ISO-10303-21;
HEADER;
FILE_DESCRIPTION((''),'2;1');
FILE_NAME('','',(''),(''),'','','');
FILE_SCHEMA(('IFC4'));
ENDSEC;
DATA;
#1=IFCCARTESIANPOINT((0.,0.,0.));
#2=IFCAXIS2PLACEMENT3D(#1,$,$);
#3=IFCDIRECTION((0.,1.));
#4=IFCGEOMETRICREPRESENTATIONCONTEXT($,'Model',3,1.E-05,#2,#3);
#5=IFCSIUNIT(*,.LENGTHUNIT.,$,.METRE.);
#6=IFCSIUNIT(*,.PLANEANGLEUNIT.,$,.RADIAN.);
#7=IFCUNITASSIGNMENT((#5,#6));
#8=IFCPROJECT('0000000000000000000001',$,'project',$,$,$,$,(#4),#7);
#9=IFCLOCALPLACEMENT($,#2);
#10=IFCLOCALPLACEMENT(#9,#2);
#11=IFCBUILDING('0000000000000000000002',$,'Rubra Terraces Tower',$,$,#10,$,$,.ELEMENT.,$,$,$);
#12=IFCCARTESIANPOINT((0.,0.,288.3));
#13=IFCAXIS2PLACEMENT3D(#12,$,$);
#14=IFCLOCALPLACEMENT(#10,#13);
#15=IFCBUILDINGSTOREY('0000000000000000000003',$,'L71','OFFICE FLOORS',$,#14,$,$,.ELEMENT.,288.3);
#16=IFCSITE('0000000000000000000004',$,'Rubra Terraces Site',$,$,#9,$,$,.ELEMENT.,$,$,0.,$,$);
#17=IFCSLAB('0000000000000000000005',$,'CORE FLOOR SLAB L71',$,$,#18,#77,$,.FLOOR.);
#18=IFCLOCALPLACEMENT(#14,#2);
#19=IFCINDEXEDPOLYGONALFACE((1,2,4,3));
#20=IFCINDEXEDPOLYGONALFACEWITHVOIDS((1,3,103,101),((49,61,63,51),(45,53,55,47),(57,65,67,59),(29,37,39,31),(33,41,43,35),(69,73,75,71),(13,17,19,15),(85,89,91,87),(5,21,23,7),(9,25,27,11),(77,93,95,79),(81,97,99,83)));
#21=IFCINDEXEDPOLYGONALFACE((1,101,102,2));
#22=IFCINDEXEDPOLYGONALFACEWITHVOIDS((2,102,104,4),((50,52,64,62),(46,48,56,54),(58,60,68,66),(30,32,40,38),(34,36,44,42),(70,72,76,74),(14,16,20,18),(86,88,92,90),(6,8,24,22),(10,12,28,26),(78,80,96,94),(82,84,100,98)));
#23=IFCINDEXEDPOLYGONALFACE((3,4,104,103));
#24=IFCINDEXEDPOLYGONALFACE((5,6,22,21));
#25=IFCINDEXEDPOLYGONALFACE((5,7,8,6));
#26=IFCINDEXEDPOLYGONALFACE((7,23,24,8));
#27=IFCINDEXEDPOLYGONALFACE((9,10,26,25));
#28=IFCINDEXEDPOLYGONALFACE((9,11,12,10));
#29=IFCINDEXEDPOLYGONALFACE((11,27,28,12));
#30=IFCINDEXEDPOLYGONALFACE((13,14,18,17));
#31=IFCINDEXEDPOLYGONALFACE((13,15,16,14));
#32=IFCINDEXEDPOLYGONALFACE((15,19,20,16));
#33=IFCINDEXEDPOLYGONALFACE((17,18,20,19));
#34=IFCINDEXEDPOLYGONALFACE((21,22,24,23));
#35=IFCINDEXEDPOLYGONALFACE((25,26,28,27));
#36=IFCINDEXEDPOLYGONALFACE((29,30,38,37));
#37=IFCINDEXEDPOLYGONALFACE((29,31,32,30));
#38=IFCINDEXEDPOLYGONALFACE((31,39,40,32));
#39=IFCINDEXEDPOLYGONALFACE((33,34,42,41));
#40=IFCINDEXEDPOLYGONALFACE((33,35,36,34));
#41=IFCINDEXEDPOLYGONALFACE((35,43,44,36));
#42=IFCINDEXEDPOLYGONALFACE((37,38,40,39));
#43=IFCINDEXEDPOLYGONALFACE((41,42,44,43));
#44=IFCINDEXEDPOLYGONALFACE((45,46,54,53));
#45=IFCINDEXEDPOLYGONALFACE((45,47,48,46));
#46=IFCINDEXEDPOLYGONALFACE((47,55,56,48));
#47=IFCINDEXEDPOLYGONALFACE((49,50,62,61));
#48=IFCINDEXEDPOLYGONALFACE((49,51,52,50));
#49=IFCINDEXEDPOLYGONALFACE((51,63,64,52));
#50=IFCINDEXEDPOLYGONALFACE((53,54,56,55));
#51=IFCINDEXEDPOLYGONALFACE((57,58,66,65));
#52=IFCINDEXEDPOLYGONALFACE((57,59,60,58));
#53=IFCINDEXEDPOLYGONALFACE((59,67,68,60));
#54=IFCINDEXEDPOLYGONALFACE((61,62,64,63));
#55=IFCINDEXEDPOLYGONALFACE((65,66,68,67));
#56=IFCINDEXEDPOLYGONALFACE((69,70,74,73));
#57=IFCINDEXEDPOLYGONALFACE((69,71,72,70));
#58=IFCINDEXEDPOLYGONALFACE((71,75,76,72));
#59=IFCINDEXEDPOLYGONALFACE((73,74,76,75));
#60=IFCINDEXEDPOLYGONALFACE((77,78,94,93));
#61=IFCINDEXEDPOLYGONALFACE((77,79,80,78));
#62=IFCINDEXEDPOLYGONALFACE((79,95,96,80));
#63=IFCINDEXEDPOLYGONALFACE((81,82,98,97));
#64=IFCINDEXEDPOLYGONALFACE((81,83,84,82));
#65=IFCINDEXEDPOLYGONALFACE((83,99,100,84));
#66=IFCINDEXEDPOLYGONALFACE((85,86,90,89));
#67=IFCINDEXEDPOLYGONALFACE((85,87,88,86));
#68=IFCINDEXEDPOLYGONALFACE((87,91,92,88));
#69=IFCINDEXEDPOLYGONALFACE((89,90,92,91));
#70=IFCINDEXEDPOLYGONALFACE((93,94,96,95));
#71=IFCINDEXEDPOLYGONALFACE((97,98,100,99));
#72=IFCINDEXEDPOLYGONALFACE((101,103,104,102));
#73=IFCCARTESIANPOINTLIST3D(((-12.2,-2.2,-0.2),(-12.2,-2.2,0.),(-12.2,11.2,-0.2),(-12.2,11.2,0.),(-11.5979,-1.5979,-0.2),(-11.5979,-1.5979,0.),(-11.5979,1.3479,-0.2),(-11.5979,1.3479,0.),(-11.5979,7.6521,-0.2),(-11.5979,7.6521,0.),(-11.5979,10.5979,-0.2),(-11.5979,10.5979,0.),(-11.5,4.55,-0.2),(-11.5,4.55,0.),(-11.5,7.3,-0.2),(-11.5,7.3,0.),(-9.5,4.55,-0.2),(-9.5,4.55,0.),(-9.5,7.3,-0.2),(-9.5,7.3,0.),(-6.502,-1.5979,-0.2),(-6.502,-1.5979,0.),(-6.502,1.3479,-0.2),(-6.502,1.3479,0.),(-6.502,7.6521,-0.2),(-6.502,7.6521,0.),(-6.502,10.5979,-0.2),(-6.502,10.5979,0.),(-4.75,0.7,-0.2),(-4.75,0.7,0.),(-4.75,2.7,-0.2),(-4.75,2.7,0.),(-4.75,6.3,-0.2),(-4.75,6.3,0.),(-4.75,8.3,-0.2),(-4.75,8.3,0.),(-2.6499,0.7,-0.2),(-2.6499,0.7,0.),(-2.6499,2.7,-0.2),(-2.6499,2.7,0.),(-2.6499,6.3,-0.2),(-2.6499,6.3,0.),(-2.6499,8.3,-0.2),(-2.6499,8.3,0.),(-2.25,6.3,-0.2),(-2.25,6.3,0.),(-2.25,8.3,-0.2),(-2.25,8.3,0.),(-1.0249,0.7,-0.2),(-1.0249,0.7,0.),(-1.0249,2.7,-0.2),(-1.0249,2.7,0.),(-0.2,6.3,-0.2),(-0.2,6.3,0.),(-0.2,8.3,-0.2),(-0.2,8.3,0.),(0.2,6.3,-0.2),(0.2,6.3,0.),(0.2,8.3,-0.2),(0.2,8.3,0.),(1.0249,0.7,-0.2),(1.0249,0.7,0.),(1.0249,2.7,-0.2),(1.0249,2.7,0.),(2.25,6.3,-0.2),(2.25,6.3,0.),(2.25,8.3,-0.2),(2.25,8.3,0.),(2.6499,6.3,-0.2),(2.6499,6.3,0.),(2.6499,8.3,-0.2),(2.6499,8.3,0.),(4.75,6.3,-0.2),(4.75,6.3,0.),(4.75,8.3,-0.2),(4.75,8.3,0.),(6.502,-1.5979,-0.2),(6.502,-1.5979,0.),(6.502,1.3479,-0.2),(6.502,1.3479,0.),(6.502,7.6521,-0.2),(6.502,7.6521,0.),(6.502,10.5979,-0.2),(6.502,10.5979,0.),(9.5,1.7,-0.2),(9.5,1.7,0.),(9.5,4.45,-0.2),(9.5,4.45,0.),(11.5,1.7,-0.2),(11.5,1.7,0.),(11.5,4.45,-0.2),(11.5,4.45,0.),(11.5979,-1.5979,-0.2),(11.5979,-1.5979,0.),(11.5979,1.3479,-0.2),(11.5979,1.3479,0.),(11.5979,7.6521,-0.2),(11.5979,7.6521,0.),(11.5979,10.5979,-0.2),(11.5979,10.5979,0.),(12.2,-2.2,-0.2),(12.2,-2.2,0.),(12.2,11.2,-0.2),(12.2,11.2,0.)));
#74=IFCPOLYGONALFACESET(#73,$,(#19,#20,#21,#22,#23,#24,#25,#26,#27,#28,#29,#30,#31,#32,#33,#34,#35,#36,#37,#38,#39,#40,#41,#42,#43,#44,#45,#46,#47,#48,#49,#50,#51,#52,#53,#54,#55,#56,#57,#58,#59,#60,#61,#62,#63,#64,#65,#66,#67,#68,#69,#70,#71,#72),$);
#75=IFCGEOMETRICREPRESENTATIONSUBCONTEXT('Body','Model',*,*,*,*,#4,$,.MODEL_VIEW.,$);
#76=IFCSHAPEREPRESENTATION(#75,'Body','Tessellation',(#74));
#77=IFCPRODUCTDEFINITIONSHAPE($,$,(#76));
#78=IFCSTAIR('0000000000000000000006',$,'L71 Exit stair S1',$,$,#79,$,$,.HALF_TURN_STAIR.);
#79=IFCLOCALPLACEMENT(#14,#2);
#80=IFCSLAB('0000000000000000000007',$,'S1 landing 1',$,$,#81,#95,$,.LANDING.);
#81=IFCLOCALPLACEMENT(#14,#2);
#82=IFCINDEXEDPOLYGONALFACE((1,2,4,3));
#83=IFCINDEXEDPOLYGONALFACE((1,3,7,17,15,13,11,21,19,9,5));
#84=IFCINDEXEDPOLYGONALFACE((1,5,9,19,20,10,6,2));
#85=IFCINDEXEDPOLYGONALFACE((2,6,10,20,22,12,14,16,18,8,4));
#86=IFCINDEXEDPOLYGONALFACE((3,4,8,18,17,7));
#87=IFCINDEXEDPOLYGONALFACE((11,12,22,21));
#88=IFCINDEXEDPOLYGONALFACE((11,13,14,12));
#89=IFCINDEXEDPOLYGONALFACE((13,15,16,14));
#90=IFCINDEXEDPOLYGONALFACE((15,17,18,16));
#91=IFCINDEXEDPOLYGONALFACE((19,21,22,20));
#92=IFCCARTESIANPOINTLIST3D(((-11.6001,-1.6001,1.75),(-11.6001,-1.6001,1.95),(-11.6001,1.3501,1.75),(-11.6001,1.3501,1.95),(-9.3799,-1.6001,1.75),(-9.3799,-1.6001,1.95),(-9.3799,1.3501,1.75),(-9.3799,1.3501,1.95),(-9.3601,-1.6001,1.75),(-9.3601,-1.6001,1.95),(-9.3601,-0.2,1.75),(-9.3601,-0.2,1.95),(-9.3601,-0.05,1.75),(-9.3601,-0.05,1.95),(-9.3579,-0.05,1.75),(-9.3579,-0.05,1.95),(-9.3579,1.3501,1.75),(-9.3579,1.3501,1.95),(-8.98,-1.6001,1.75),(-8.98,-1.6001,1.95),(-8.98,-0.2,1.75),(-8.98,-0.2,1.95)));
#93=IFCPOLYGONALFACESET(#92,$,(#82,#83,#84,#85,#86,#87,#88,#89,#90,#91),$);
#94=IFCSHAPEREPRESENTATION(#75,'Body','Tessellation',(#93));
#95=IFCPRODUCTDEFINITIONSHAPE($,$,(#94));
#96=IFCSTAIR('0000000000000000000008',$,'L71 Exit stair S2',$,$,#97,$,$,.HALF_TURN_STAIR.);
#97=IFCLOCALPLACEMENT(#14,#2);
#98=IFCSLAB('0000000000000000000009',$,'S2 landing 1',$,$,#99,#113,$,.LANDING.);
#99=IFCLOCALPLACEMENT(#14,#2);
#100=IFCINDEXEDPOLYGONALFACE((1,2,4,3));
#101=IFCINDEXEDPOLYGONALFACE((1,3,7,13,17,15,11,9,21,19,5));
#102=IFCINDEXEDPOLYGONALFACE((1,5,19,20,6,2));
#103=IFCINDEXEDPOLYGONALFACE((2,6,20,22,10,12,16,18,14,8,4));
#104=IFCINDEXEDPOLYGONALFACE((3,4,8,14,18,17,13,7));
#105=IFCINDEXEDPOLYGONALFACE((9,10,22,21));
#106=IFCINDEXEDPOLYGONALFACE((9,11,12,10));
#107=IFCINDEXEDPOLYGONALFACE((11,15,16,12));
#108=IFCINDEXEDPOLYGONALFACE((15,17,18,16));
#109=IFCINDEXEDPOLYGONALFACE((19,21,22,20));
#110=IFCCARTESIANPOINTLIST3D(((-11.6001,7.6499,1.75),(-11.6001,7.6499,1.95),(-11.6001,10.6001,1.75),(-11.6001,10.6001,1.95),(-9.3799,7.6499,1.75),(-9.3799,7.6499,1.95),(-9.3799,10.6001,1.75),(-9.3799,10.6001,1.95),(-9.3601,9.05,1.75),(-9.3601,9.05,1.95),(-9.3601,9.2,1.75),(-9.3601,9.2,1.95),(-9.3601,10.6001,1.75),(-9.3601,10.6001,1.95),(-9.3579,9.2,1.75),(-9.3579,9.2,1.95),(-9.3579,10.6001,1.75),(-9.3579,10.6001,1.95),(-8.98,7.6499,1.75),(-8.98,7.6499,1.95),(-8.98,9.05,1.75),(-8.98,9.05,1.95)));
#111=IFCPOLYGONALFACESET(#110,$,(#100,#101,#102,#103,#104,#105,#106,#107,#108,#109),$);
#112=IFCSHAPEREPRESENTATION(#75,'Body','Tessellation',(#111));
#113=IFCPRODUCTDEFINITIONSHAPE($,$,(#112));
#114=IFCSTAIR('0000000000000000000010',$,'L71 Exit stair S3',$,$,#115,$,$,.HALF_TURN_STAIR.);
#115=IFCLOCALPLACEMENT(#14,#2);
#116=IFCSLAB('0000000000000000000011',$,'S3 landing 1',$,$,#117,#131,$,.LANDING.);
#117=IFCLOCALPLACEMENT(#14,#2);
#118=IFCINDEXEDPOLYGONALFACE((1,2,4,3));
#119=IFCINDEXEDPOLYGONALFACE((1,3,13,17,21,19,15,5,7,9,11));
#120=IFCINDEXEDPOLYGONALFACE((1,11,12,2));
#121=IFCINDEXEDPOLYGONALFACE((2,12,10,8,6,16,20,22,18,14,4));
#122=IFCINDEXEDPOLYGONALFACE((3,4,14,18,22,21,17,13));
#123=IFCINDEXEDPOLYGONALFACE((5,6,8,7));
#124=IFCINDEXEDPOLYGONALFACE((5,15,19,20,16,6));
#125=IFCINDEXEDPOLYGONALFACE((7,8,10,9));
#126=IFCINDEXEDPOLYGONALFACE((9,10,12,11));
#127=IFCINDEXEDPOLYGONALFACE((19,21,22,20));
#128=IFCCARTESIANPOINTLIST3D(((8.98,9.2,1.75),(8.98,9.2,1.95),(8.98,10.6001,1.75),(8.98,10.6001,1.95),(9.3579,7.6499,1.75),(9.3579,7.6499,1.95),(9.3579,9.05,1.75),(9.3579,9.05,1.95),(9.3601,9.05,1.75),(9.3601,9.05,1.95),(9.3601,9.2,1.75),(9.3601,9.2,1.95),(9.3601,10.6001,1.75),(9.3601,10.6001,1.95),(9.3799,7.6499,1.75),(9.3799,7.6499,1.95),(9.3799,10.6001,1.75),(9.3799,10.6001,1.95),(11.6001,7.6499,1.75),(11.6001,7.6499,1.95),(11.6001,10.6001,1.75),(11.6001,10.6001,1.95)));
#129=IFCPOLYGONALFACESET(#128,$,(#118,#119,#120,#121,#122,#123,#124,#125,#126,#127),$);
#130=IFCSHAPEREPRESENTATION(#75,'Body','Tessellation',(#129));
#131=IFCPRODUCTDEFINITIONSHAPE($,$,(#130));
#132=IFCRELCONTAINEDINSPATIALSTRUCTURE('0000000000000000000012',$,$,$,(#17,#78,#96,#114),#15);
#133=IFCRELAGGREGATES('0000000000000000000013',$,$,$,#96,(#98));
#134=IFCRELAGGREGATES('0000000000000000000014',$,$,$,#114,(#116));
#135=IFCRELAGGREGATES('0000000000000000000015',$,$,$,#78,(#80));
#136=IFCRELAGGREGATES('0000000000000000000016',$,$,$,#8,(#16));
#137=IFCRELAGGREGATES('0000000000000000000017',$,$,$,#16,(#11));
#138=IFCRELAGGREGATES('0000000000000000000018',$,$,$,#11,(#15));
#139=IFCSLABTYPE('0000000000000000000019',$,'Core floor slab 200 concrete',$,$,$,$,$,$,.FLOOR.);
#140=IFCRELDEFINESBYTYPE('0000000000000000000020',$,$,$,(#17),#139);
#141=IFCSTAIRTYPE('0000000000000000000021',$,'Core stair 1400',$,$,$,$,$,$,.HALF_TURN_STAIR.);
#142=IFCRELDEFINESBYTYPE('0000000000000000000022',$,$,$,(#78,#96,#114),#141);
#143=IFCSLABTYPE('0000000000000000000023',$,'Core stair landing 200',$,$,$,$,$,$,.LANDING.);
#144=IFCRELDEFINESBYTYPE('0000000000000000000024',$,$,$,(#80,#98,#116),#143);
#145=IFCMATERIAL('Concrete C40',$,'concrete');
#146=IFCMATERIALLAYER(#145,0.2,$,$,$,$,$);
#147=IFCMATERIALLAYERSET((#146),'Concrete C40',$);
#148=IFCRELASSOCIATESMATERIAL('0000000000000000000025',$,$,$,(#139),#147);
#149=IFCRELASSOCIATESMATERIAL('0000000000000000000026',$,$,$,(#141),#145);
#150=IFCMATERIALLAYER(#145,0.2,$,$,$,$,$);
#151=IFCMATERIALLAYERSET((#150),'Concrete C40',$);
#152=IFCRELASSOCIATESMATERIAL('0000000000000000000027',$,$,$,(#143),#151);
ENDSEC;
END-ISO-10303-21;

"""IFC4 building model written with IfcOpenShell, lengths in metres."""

from ifc_helpers import new_model, si_unit, direction, frame, origin, place, context, subcontext, project, spatial, polyline, outline, extrude, material, layer, layer_set, type_object, element, aggregate, save


model = new_model("IFC4")

# Units and contexts
model_context = context("Model", 3, precision=1e-05, world=origin(), true_north=direction((0.0, 1.0)))
body_context = subcontext(model_context, "Body", "Model", "MODEL_VIEW")
ifc_project = project(units=[si_unit("LENGTHUNIT", "METRE"), si_unit("PLANEANGLEUNIT", "RADIAN")], contexts=[model_context])

# Site, building, storey
site_placement = place(None, origin())
site = spatial("IfcSite", under=ifc_project, at=site_placement, Name="Rubra Terraces Site", CompositionType="ELEMENT", RefElevation=0.0)
building_placement = place(site_placement, origin())
building = spatial("IfcBuilding", under=site, at=building_placement, Name="Rubra Terraces Tower", CompositionType="ELEMENT")
storey_placement = place(building_placement, frame((0.0, 0.0, 288.3)))
storey = spatial("IfcBuildingStorey", under=building, at=storey_placement, Name="L71", Description="OFFICE FLOORS", CompositionType="ELEMENT", Elevation=288.3)

# Slab
ifc_material_1 = material(Name="Concrete C40", Category="concrete")
ifc_layer_1 = layer(ifc_material_1, 0.2)
ifc_layer_set_1 = layer_set([ifc_layer_1], Name="Concrete C40")
slab_type_1 = type_object("IfcSlabType", Name="Core floor slab 200 concrete", PredefinedType="FLOOR", material=ifc_layer_set_1)
slab_1_placement = place(storey_placement, frame((0.0, 0.0, -0.2)))
element("IfcSlab", 1, at=slab_1_placement, inside=storey, type_object=slab_type_1, Name="CORE FLOOR SLAB L71", PredefinedType="FLOOR", context=body_context, shape_type="SweptSolid", body=[
    extrude(outline(polyline([(-12.2, -2.2), (-12.2, 11.2), (12.2, 11.2), (12.2, -2.2), (-12.2, -2.2)]), holes=[polyline([(11.5979, 1.3479), (6.502, 1.3479), (6.502, -1.5979), (11.5979, -1.5979), (11.5979, 1.3479)]), polyline([(11.5979, 7.6521), (11.5979, 10.5979), (6.502, 10.5979), (6.502, 7.6521), (11.5979, 7.6521)]), polyline([(9.5, 1.7), (11.5, 1.7), (11.5, 4.45), (9.5, 4.45), (9.5, 1.7)]), polyline([(4.75, 6.3), (4.75, 8.3), (2.6499, 8.3), (2.6499, 6.3), (4.75, 6.3)]), polyline([(2.25, 8.3), (0.2, 8.3), (0.2, 6.3), (2.25, 6.3), (2.25, 8.3)]), polyline([(1.0249, 0.7), (1.0249, 2.7), (-1.0249, 2.7), (-1.0249, 0.7), (1.0249, 0.7)]), polyline([(-0.2, 6.3), (-0.2, 8.3), (-2.25, 8.3), (-2.25, 6.3), (-0.2, 6.3)]), polyline([(-4.75, 8.3), (-4.75, 6.3), (-2.6499, 6.3), (-2.6499, 8.3), (-4.75, 8.3)]), polyline([(-2.6499, 0.7), (-2.6499, 2.7), (-4.75, 2.7), (-4.75, 0.7), (-2.6499, 0.7)]), polyline([(-11.5979, -1.5979), (-6.502, -1.5979), (-6.502, 1.3479), (-11.5979, 1.3479), (-11.5979, -1.5979)]), polyline([(-11.5979, 10.5979), (-11.5979, 7.6521), (-6.502, 7.6521), (-6.502, 10.5979), (-11.5979, 10.5979)]), polyline([(-9.5, 4.55), (-9.5, 7.3), (-11.5, 7.3), (-11.5, 4.55), (-9.5, 4.55)])]), origin(), (0.0, 0.0, 1.0), 0.2),
])

# Stairs, slabs
stair_type = type_object("IfcStairType", Name="Core stair 1400", PredefinedType="HALF_TURN_STAIR", material=ifc_material_1)
stair_1_placement = place(storey_placement, origin())
stair_1 = element("IfcStair", 2, at=stair_1_placement, inside=storey, type_object=stair_type, Name="L71 Exit stair S1", PredefinedType="HALF_TURN_STAIR")
ifc_layer_2 = layer(ifc_material_1, 0.2)
ifc_layer_set_2 = layer_set([ifc_layer_2], Name="Concrete C40")
slab_type_2 = type_object("IfcSlabType", Name="Core stair landing 200", PredefinedType="LANDING", material=ifc_layer_set_2)
slab_2_placement = place(storey_placement, frame((0.0, 0.0, 1.75)))
slab_2 = element("IfcSlab", 3, at=slab_2_placement, type_object=slab_type_2, Name="S1 landing 1", PredefinedType="LANDING", context=body_context, shape_type="SweptSolid", body=[
    extrude(outline(polyline([(-8.98, -0.2), (-8.98, -1.6001), (-9.3601, -1.6001), (-9.3799, -1.6001), (-11.6001, -1.6001), (-11.6001, 1.3501), (-9.3799, 1.3501), (-9.3579, 1.3501), (-9.3579, -0.05), (-9.3601, -0.05), (-9.3601, -0.2), (-8.98, -0.2)])), origin(), (0.0, 0.0, 1.0), 0.2),
])
stair_2_placement = place(storey_placement, origin())
stair_2 = element("IfcStair", 4, at=stair_2_placement, inside=storey, type_object=stair_type, Name="L71 Exit stair S2", PredefinedType="HALF_TURN_STAIR")
slab_3_placement = place(storey_placement, frame((0.0, 0.0, 1.75)))
slab_3 = element("IfcSlab", 5, at=slab_3_placement, type_object=slab_type_2, Name="S2 landing 1", PredefinedType="LANDING", context=body_context, shape_type="SweptSolid", body=[
    extrude(outline(polyline([(-8.98, 9.05), (-8.98, 7.6499), (-9.3799, 7.6499), (-11.6001, 7.6499), (-11.6001, 10.6001), (-9.3799, 10.6001), (-9.3601, 10.6001), (-9.3579, 10.6001), (-9.3579, 9.2), (-9.3601, 9.2), (-9.3601, 9.05), (-8.98, 9.05)])), origin(), (0.0, 0.0, 1.0), 0.2),
])
aggregate(stair_2, [slab_3])
stair_3_placement = place(storey_placement, origin())
stair_3 = element("IfcStair", 6, at=stair_3_placement, inside=storey, type_object=stair_type, Name="L71 Exit stair S3", PredefinedType="HALF_TURN_STAIR")
slab_4_placement = place(storey_placement, frame((0.0, 0.0, 1.75)))
slab_4 = element("IfcSlab", 7, at=slab_4_placement, type_object=slab_type_2, Name="S3 landing 1", PredefinedType="LANDING", context=body_context, shape_type="SweptSolid", body=[
    extrude(outline(polyline([(9.3601, 9.05), (9.3601, 9.2), (8.98, 9.2), (8.98, 10.6001), (9.3601, 10.6001), (9.3799, 10.6001), (11.6001, 10.6001), (11.6001, 7.6499), (9.3799, 7.6499), (9.3579, 7.6499), (9.3579, 9.05), (9.3601, 9.05)])), origin(), (0.0, 0.0, 1.0), 0.2),
])
aggregate(stair_3, [slab_4])

aggregate(stair_1, [slab_2])

save(model, "model.ifc")
